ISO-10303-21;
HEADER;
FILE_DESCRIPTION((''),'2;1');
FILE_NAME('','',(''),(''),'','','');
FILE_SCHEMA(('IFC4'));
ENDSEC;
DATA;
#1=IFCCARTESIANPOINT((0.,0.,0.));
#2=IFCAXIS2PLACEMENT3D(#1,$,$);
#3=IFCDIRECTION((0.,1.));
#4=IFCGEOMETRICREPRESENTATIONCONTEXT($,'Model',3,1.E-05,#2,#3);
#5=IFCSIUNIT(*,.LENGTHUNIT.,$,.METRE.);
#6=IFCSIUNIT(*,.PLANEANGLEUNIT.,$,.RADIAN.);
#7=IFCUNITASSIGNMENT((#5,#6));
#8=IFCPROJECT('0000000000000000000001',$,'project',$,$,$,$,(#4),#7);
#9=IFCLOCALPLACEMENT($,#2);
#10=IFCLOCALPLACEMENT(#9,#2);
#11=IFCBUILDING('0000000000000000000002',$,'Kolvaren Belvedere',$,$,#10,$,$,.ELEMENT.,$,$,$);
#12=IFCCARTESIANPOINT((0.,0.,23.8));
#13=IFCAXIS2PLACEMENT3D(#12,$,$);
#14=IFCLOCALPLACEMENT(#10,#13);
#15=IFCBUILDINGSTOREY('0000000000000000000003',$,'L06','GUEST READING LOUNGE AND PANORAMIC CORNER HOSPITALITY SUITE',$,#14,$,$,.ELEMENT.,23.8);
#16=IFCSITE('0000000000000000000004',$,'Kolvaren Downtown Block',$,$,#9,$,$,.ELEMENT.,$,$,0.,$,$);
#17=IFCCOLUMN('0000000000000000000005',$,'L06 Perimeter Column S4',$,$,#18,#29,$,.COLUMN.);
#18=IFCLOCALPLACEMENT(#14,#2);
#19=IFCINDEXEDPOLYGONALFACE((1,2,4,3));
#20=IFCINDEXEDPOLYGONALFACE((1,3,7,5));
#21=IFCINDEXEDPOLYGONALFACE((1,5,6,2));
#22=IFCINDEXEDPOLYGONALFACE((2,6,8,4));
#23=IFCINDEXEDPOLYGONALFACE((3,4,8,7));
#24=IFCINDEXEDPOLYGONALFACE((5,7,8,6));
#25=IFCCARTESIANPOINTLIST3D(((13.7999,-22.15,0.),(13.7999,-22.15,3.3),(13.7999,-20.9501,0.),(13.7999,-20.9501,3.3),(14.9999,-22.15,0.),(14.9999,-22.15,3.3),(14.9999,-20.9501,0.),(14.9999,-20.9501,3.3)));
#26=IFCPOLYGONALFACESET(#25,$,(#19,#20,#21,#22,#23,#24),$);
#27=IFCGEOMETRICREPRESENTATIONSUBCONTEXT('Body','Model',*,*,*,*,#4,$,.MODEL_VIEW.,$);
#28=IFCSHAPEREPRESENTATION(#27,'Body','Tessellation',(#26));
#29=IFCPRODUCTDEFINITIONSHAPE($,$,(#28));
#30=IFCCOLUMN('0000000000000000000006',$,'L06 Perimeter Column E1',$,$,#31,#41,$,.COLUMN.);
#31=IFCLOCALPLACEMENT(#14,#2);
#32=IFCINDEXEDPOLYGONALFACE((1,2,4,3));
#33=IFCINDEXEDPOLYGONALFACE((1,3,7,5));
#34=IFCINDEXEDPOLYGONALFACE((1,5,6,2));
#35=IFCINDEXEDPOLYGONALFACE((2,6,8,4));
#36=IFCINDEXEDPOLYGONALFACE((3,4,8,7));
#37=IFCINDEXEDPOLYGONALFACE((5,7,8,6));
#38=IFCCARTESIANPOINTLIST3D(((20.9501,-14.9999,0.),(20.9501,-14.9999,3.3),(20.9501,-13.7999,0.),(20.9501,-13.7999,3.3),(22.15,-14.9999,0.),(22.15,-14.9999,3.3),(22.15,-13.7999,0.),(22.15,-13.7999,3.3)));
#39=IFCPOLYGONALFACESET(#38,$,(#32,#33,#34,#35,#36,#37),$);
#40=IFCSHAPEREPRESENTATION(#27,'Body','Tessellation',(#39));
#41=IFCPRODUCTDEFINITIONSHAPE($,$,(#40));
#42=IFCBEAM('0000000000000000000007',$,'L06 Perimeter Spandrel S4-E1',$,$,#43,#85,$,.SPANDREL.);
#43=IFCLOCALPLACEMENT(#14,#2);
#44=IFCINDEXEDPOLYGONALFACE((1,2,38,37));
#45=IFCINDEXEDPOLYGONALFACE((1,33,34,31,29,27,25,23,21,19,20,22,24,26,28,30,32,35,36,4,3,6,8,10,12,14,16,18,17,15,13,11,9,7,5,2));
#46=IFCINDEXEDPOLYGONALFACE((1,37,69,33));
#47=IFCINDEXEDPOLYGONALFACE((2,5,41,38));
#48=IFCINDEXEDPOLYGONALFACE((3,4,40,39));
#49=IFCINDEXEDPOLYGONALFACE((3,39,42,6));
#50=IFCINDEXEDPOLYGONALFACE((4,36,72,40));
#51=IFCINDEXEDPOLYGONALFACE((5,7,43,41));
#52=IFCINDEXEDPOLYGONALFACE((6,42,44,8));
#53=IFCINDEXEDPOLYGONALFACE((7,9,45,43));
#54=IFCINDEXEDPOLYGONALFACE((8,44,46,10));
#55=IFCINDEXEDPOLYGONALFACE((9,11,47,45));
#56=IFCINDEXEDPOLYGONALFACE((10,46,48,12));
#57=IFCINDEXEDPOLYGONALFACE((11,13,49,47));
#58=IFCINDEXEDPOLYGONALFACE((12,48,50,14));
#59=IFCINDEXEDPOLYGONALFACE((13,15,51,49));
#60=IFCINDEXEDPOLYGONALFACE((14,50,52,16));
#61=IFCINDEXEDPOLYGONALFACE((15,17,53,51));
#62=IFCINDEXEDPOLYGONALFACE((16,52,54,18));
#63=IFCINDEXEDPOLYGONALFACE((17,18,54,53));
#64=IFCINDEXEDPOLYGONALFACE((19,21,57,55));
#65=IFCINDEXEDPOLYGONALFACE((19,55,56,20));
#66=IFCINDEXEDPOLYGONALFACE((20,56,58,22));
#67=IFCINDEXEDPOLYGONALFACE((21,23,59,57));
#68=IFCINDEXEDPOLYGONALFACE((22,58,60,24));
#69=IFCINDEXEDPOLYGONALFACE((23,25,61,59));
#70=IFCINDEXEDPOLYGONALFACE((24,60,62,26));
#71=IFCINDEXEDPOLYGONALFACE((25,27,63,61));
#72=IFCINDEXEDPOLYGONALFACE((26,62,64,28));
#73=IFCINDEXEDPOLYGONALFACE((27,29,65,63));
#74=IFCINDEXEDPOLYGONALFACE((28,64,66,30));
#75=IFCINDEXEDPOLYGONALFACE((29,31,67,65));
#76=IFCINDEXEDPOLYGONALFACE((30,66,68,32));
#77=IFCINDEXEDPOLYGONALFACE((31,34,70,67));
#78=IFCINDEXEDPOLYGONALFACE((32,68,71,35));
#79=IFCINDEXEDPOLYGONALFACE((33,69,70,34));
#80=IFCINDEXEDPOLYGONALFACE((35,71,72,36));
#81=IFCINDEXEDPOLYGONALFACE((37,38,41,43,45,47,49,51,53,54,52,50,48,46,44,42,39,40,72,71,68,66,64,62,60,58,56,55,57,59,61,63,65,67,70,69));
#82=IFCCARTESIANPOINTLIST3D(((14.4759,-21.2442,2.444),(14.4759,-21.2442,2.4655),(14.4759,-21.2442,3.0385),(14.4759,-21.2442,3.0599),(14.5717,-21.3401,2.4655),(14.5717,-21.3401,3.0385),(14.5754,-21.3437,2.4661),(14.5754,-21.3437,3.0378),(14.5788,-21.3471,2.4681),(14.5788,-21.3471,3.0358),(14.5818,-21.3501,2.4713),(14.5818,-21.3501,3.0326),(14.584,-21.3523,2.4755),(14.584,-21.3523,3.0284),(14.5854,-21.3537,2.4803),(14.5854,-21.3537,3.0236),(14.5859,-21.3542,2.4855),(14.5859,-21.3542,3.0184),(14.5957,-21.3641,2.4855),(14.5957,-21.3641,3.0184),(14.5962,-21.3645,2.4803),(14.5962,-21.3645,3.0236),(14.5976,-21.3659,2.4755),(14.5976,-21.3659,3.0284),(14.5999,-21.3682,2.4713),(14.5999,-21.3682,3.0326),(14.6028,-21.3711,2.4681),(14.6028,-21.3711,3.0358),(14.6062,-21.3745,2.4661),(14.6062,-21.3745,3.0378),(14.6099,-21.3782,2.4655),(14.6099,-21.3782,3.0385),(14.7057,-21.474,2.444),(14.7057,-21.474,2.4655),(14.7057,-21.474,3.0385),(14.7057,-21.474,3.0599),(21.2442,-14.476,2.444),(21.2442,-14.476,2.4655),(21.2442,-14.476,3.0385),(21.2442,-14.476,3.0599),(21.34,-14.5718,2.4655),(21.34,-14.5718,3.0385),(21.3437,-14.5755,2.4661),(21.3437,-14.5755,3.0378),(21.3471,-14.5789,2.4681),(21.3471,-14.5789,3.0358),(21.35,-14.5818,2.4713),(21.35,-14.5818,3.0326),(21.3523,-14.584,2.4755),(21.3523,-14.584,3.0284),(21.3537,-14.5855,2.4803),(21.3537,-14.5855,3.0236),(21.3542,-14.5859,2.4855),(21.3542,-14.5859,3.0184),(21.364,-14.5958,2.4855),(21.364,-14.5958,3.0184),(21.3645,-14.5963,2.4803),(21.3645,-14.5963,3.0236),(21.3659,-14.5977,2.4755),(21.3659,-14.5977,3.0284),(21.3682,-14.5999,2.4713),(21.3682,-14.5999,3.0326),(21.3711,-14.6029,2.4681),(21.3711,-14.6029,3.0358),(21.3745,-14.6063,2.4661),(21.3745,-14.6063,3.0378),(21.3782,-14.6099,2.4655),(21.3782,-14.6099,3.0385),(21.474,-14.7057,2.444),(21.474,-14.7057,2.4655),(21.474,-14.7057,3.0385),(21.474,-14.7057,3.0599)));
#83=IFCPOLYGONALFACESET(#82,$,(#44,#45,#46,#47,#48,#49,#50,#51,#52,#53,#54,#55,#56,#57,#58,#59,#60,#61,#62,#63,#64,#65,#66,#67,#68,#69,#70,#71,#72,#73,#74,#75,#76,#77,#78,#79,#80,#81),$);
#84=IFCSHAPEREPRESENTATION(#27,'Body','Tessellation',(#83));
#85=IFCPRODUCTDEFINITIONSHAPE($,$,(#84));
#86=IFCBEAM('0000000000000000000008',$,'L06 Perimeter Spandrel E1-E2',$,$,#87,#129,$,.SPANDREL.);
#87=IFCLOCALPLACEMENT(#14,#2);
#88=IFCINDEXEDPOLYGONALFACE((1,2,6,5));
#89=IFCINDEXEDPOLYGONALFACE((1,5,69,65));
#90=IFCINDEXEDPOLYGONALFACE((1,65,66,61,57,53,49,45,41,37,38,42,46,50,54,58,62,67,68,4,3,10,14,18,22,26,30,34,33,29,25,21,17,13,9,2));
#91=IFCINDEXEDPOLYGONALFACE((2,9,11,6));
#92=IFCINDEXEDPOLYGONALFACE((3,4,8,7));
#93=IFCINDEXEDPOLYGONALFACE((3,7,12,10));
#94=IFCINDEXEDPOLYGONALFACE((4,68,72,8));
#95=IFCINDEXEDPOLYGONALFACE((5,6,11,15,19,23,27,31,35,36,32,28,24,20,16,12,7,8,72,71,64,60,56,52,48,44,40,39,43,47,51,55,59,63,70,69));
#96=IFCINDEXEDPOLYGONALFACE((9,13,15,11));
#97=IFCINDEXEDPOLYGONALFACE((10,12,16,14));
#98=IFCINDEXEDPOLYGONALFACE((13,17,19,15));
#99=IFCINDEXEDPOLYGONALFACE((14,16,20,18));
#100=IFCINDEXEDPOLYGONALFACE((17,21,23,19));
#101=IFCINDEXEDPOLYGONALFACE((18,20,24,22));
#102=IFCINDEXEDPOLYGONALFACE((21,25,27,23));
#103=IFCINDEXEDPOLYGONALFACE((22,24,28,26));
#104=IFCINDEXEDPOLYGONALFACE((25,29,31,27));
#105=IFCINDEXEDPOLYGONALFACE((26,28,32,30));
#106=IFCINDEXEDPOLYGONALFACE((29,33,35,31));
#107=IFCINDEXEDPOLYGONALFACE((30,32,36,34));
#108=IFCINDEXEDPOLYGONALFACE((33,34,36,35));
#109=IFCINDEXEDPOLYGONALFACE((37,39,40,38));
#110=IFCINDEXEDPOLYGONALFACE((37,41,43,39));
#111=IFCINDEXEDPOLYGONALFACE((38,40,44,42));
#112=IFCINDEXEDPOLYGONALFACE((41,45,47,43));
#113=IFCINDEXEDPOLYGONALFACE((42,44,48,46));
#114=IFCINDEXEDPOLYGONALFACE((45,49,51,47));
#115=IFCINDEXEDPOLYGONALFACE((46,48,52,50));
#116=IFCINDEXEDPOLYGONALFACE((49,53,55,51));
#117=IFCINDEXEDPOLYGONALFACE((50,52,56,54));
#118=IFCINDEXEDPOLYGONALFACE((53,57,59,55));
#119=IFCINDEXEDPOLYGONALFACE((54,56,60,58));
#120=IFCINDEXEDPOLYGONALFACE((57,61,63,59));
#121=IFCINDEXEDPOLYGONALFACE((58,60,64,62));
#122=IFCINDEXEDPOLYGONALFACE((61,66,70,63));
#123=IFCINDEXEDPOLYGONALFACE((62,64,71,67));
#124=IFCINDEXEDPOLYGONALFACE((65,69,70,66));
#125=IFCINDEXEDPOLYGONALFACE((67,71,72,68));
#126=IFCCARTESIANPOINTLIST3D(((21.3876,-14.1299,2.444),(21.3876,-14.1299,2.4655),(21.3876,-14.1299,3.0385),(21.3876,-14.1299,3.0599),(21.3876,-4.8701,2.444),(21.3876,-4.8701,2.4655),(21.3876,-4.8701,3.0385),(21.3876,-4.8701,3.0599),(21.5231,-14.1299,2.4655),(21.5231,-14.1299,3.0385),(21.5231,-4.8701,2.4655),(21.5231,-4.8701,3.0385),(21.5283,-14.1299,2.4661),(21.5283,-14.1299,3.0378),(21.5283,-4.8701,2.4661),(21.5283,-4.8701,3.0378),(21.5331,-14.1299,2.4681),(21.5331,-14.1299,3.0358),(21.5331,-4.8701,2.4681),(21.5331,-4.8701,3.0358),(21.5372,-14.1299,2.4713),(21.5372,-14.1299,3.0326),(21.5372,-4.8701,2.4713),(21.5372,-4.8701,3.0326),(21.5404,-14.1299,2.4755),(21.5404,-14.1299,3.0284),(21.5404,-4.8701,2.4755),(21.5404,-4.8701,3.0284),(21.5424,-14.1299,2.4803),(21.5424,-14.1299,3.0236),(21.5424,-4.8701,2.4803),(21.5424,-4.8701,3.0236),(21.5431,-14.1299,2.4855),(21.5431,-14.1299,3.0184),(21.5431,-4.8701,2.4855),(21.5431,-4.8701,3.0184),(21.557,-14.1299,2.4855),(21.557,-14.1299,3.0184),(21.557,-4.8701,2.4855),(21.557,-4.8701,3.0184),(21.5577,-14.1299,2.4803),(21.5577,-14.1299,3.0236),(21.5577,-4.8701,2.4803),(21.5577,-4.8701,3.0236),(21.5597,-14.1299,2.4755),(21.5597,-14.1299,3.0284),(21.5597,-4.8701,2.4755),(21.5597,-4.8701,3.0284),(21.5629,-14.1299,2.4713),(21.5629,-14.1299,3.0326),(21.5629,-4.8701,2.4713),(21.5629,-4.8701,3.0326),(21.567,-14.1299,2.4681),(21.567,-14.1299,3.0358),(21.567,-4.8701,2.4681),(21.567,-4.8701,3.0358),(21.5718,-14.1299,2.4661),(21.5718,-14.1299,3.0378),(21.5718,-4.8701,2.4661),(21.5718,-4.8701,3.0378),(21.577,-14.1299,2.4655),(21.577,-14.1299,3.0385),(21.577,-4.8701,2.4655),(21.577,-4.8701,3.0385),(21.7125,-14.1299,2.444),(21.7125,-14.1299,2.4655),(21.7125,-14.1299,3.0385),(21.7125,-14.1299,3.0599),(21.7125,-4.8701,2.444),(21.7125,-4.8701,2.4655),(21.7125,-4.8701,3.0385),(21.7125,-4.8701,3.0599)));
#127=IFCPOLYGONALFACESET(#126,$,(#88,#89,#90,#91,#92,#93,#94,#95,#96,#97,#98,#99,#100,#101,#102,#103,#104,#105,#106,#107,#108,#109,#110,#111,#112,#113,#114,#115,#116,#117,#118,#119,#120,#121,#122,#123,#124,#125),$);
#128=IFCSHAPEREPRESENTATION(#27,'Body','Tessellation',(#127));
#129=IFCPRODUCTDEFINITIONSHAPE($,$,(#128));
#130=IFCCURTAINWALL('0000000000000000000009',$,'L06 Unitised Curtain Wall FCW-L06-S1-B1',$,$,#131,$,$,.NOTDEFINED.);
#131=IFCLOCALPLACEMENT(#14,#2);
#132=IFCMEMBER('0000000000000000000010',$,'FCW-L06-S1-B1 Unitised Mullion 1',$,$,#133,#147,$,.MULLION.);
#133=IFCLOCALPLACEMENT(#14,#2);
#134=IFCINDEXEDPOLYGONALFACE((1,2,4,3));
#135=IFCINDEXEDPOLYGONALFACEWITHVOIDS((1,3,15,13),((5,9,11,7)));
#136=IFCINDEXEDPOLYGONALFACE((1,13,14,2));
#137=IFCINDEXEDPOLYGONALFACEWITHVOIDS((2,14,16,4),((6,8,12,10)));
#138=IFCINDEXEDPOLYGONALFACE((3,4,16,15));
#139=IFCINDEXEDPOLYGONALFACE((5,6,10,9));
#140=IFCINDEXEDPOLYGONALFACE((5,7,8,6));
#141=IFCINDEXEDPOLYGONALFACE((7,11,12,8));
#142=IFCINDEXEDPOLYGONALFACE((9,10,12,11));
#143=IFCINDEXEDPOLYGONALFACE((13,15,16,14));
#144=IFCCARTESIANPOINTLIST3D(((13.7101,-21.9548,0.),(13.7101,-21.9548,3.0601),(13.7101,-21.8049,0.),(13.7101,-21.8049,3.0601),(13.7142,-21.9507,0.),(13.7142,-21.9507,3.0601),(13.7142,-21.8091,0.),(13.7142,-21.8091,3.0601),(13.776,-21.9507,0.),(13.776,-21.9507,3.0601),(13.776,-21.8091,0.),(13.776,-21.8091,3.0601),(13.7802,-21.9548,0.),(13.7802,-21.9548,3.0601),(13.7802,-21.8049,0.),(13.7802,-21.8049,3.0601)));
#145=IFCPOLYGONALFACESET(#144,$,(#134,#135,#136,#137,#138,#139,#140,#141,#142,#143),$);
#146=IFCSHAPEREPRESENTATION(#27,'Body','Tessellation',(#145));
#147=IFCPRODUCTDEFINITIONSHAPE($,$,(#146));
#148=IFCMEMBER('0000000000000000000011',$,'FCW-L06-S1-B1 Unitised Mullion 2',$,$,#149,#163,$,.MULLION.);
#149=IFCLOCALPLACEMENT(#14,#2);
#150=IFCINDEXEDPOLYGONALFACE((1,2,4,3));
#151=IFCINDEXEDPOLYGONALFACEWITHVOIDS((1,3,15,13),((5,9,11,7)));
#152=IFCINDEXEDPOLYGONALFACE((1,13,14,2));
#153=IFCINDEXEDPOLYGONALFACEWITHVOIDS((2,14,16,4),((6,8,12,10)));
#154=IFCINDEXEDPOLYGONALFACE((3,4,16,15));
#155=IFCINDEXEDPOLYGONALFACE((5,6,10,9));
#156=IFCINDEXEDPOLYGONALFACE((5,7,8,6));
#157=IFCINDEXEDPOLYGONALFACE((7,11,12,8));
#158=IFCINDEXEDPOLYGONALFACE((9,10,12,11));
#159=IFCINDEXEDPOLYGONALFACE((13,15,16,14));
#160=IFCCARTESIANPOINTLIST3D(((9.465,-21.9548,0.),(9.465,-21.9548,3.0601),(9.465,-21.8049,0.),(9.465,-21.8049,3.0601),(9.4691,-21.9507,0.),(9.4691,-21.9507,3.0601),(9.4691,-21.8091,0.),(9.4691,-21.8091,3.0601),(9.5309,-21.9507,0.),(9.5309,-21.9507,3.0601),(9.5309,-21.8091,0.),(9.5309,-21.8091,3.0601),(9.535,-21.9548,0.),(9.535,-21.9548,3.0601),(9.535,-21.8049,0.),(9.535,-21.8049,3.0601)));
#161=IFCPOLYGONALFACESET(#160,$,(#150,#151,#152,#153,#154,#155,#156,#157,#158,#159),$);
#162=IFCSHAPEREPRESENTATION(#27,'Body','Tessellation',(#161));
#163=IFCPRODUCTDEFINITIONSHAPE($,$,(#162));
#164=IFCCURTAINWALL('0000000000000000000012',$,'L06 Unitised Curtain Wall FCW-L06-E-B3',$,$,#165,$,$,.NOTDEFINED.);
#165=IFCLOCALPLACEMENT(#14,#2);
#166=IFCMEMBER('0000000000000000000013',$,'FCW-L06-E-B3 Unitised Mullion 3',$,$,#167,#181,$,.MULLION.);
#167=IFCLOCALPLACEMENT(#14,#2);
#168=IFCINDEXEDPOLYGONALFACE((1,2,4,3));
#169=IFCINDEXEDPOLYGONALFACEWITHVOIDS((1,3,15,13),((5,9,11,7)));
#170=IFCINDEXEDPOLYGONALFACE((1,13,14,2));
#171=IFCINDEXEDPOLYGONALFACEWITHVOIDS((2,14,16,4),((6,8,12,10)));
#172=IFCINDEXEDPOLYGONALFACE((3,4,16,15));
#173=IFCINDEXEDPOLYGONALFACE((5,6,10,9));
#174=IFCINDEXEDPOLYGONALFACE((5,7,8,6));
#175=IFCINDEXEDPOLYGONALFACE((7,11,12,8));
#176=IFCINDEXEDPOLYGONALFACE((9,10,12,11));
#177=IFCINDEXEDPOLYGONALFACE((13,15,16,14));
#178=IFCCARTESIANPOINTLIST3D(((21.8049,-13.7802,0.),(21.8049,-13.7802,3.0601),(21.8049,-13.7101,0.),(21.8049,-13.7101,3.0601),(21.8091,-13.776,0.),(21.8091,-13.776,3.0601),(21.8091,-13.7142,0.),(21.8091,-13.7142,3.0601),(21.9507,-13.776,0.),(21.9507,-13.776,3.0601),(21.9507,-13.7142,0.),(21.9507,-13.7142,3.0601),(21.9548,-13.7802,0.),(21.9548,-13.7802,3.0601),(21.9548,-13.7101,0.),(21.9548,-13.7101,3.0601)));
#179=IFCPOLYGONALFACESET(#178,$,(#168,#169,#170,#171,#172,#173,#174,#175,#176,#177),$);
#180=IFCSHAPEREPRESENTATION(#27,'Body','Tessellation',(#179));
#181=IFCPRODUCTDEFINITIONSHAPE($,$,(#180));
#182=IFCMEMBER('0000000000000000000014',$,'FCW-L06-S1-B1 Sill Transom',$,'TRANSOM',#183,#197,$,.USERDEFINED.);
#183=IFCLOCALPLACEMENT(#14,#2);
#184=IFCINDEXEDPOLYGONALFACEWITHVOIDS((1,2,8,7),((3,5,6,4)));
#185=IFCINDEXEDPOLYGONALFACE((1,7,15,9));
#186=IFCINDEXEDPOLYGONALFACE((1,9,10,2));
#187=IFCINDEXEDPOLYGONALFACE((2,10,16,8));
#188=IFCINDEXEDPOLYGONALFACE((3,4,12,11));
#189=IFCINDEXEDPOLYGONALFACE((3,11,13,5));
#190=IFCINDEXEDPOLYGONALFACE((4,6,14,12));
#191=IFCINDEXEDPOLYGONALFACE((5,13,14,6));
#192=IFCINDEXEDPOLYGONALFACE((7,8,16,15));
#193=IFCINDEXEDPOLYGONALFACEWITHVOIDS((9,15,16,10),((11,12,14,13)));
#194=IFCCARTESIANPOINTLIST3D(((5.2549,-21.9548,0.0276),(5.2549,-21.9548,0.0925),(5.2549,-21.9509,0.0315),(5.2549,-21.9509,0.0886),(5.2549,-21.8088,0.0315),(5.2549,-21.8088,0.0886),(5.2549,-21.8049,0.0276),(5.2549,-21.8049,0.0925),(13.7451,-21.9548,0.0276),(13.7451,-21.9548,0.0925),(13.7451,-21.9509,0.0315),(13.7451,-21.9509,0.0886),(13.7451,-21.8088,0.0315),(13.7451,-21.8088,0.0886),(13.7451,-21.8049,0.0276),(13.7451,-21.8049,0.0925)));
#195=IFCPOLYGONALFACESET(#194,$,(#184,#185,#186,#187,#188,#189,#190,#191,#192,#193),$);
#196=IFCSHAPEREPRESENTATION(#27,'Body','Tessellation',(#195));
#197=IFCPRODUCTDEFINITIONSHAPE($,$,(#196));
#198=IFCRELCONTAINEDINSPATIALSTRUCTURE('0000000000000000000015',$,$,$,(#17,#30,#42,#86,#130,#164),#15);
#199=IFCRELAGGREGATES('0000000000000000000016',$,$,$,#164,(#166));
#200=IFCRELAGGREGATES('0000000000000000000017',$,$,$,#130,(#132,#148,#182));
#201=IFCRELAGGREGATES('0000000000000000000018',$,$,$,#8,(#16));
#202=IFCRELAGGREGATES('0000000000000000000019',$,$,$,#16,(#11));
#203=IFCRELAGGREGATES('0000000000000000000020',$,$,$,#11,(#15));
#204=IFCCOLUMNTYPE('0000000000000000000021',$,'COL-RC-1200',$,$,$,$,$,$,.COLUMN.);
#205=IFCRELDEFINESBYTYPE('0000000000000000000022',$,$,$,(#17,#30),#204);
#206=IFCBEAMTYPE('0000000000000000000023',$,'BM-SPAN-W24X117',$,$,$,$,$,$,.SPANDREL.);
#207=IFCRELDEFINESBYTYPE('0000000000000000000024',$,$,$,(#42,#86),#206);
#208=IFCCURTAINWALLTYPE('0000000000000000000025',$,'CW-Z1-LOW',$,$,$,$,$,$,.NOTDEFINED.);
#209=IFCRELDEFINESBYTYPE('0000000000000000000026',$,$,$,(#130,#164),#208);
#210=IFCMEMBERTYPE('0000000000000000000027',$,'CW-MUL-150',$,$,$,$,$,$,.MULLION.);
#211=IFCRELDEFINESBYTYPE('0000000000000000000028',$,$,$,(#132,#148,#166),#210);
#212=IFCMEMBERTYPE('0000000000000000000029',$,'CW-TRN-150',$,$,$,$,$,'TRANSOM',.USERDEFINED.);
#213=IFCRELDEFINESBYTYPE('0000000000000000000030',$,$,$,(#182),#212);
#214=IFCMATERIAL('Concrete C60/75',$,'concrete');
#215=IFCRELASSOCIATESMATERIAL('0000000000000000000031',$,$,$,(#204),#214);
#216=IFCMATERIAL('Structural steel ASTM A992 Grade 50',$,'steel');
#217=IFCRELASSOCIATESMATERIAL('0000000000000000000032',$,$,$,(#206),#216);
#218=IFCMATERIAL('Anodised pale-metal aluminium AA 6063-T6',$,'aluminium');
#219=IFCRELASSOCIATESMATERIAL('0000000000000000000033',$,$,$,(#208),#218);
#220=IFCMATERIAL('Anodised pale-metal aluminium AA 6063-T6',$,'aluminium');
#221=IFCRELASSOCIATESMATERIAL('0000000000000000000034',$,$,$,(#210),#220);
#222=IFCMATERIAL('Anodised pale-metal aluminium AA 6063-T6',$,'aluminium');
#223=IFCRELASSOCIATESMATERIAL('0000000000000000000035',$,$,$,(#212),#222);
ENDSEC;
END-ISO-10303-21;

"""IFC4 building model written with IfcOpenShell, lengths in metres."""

from ifc_helpers import new_model, si_unit, direction, frame, origin, origin_2d, place, context, subcontext, project, spatial, rectangle, hollow_rectangle, i_section, extrude, material, material_profile, profile_set, type_object, element, aggregate, save


model = new_model("IFC4")

# Units and contexts
model_context = context("Model", 3, precision=1e-05, world=origin(), true_north=direction((0.0, 1.0)))
body_context = subcontext(model_context, "Body", "Model", "MODEL_VIEW")
ifc_project = project(units=[si_unit("LENGTHUNIT", "METRE"), si_unit("PLANEANGLEUNIT", "RADIAN")], contexts=[model_context])

# Site, building, storey
site_placement = place(None, origin())
site = spatial("IfcSite", under=ifc_project, at=site_placement, Name="Kolvaren Downtown Block", CompositionType="ELEMENT", RefElevation=0.0)
building_placement = place(site_placement, origin())
building = spatial("IfcBuilding", under=site, at=building_placement, Name="Kolvaren Belvedere", CompositionType="ELEMENT")
storey_placement = place(building_placement, frame((0.0, 0.0, 23.8)))
storey = spatial("IfcBuildingStorey", under=building, at=storey_placement, Name="L06", Description="GUEST READING LOUNGE AND PANORAMIC CORNER HOSPITALITY SUITE", CompositionType="ELEMENT", Elevation=23.8)

# Columns
ifc_material_1 = material(Name="Concrete C60/75", Category="concrete")
ifc_material_profile_1 = material_profile(ifc_material_1, rectangle(XDim=1.2, YDim=1.2, at=origin_2d()), Name="RC 1200X1200")
ifc_profile_set_1 = profile_set([ifc_material_profile_1], Name="Concrete C60/75")
column_type = type_object("IfcColumnType", Name="COL-RC-1200", PredefinedType="COLUMN", material=ifc_profile_set_1)
for number, where, z_axis, x_axis, name in (
    (1, (14.3999, -21.55, 0.0), (0.0, 0.0, 1.0), (1.0, 0.0, 0.0), "L06 Perimeter Column S4"),
    (2, (21.55, -14.3999, 0.0), (0.0, 0.0, 1.0), (1.0, 0.0, 0.0), "L06 Perimeter Column E1"),
):
    element("IfcColumn", number, at=place(storey_placement, frame(where, z_axis=z_axis, x_axis=x_axis)), inside=storey, type_object=column_type, Name=name, PredefinedType="COLUMN", context=body_context, shape_type="SweptSolid", body=[
        extrude(rectangle(XDim=1.2, YDim=1.2, at=origin_2d()), origin(), (0.0, 0.0, 1.0), 3.3),
    ])

# Beams
ifc_material_2 = material(Name="Structural steel ASTM A992 Grade 50", Category="steel")
ifc_material_profile_2 = material_profile(ifc_material_2, i_section(OverallWidth=0.325, OverallDepth=0.616, WebThickness=0.0139, FlangeThickness=0.0215, FilletRadius=0.02, at=origin_2d()), Name="W24X117")
ifc_profile_set_2 = profile_set([ifc_material_profile_2], Name="Structural steel ASTM A992 Grade 50")
beam_type = type_object("IfcBeamType", Name="BM-SPAN-W24X117", PredefinedType="SPANDREL", material=ifc_profile_set_2)
beam_1_placement = place(storey_placement, frame((14.5908, -21.3591, 2.752), z_axis=(0.707107, 0.707107, 0.0), x_axis=(-0.707107, 0.707107, 0.0)))
element("IfcBeam", 3, at=beam_1_placement, inside=storey, type_object=beam_type, Name="L06 Perimeter Spandrel S4-E1", PredefinedType="SPANDREL", context=body_context, shape_type="SweptSolid", body=[
    extrude(i_section(OverallWidth=0.325, OverallDepth=0.616, WebThickness=0.0139, FlangeThickness=0.0215, FilletRadius=0.02, at=origin_2d()), origin(), (0.0, 0.0, 1.0), 9.5718),
])
beam_2_placement = place(storey_placement, frame((21.55, -14.1299, 2.752), z_axis=(0.0, 1.0, 0.0), x_axis=(-1.0, 0.0, 0.0)))
element("IfcBeam", 4, at=beam_2_placement, inside=storey, type_object=beam_type, Name="L06 Perimeter Spandrel E1-E2", PredefinedType="SPANDREL", context=body_context, shape_type="SweptSolid", body=[
    extrude(i_section(OverallWidth=0.325, OverallDepth=0.616, WebThickness=0.0139, FlangeThickness=0.0215, FilletRadius=0.02, at=origin_2d()), origin(), (0.0, 0.0, 1.0), 9.2598),
])

# Curtain wall, members
ifc_material_3 = material(Name="Anodised pale-metal aluminium AA 6063-T6", Category="aluminium")
curtain_wall_type = type_object("IfcCurtainWallType", Name="CW-Z1-LOW", PredefinedType="NOTDEFINED", material=ifc_material_3)
curtain_wall_1_placement = place(storey_placement, origin())
curtain_wall_1 = element("IfcCurtainWall", 5, at=curtain_wall_1_placement, inside=storey, type_object=curtain_wall_type, Name="L06 Unitised Curtain Wall FCW-L06-S1-B1", PredefinedType="NOTDEFINED")
ifc_material_4 = material(Name="Anodised pale-metal aluminium AA 6063-T6", Category="aluminium")
ifc_material_profile_3 = material_profile(ifc_material_4, hollow_rectangle(XDim=0.0701, YDim=0.1499, WallThickness=0.0042, at=origin_2d()), Name="ALU-MUL-150X70")
ifc_profile_set_3 = profile_set([ifc_material_profile_3], Name="Anodised pale-metal aluminium AA 6063-T6")
member_type_1 = type_object("IfcMemberType", Name="CW-MUL-150", PredefinedType="MULLION", material=ifc_profile_set_3)
member_1_placement = place(storey_placement, frame((13.7451, -21.8799, 0.0), z_axis=(0.0, 0.0, 1.0), x_axis=(1.0, 0.0, 0.0)))
member_1 = element("IfcMember", 6, at=member_1_placement, type_object=member_type_1, Name="FCW-L06-S1-B1 Unitised Mullion 1", PredefinedType="MULLION", context=body_context, shape_type="SweptSolid", body=[
    extrude(hollow_rectangle(XDim=0.0701, YDim=0.1499, WallThickness=0.0042, at=origin_2d()), origin(), (0.0, 0.0, 1.0), 3.0601),
])
member_2_placement = place(storey_placement, frame((9.5, -21.8799, 0.0), z_axis=(0.0, 0.0, 1.0), x_axis=(1.0, 0.0, 0.0)))
member_2 = element("IfcMember", 7, at=member_2_placement, type_object=member_type_1, Name="FCW-L06-S1-B1 Unitised Mullion 2", PredefinedType="MULLION", context=body_context, shape_type="SweptSolid", body=[
    extrude(hollow_rectangle(XDim=0.0701, YDim=0.1499, WallThickness=0.0042, at=origin_2d()), origin(), (0.0, 0.0, 1.0), 3.0601),
])

# Curtain wall, member
curtain_wall_2_placement = place(storey_placement, origin())
curtain_wall_2 = element("IfcCurtainWall", 8, at=curtain_wall_2_placement, inside=storey, type_object=curtain_wall_type, Name="L06 Unitised Curtain Wall FCW-L06-E-B3", PredefinedType="NOTDEFINED")
member_3_placement = place(storey_placement, frame((21.8799, -13.7451, 0.0), z_axis=(0.0, 0.0, 1.0), x_axis=(0.0, 1.0, 0.0)))
member_3 = element("IfcMember", 9, at=member_3_placement, type_object=member_type_1, Name="FCW-L06-E-B3 Unitised Mullion 3", PredefinedType="MULLION", context=body_context, shape_type="SweptSolid", body=[
    extrude(hollow_rectangle(XDim=0.0701, YDim=0.1499, WallThickness=0.0042, at=origin_2d()), origin(), (0.0, 0.0, 1.0), 3.0601),
])
aggregate(curtain_wall_2, [member_3])

# Member
ifc_material_5 = material(Name="Anodised pale-metal aluminium AA 6063-T6", Category="aluminium")
ifc_material_profile_4 = material_profile(ifc_material_5, hollow_rectangle(XDim=0.0649, YDim=0.1499, WallThickness=0.0039, at=origin_2d()), Name="ALU-TRN-150X65")
ifc_profile_set_4 = profile_set([ifc_material_profile_4], Name="Anodised pale-metal aluminium AA 6063-T6")
member_type_2 = type_object("IfcMemberType", Name="CW-TRN-150", ElementType="TRANSOM", PredefinedType="USERDEFINED", material=ifc_profile_set_4)
member_4_placement = place(storey_placement, frame((13.7451, -21.8799, 0.0601), z_axis=(-1.0, 0.0, 0.0), x_axis=(0.0, 0.0, 1.0)))
member_4 = element("IfcMember", 10, at=member_4_placement, type_object=member_type_2, Name="FCW-L06-S1-B1 Sill Transom", ObjectType="TRANSOM", PredefinedType="USERDEFINED", context=body_context, shape_type="SweptSolid", body=[
    extrude(hollow_rectangle(XDim=0.0649, YDim=0.1499, WallThickness=0.0039, at=origin_2d()), origin(), (0.0, 0.0, 1.0), 8.4902),
])

aggregate(curtain_wall_1, [member_1, member_2, member_4])

save(model, "model.ifc")
